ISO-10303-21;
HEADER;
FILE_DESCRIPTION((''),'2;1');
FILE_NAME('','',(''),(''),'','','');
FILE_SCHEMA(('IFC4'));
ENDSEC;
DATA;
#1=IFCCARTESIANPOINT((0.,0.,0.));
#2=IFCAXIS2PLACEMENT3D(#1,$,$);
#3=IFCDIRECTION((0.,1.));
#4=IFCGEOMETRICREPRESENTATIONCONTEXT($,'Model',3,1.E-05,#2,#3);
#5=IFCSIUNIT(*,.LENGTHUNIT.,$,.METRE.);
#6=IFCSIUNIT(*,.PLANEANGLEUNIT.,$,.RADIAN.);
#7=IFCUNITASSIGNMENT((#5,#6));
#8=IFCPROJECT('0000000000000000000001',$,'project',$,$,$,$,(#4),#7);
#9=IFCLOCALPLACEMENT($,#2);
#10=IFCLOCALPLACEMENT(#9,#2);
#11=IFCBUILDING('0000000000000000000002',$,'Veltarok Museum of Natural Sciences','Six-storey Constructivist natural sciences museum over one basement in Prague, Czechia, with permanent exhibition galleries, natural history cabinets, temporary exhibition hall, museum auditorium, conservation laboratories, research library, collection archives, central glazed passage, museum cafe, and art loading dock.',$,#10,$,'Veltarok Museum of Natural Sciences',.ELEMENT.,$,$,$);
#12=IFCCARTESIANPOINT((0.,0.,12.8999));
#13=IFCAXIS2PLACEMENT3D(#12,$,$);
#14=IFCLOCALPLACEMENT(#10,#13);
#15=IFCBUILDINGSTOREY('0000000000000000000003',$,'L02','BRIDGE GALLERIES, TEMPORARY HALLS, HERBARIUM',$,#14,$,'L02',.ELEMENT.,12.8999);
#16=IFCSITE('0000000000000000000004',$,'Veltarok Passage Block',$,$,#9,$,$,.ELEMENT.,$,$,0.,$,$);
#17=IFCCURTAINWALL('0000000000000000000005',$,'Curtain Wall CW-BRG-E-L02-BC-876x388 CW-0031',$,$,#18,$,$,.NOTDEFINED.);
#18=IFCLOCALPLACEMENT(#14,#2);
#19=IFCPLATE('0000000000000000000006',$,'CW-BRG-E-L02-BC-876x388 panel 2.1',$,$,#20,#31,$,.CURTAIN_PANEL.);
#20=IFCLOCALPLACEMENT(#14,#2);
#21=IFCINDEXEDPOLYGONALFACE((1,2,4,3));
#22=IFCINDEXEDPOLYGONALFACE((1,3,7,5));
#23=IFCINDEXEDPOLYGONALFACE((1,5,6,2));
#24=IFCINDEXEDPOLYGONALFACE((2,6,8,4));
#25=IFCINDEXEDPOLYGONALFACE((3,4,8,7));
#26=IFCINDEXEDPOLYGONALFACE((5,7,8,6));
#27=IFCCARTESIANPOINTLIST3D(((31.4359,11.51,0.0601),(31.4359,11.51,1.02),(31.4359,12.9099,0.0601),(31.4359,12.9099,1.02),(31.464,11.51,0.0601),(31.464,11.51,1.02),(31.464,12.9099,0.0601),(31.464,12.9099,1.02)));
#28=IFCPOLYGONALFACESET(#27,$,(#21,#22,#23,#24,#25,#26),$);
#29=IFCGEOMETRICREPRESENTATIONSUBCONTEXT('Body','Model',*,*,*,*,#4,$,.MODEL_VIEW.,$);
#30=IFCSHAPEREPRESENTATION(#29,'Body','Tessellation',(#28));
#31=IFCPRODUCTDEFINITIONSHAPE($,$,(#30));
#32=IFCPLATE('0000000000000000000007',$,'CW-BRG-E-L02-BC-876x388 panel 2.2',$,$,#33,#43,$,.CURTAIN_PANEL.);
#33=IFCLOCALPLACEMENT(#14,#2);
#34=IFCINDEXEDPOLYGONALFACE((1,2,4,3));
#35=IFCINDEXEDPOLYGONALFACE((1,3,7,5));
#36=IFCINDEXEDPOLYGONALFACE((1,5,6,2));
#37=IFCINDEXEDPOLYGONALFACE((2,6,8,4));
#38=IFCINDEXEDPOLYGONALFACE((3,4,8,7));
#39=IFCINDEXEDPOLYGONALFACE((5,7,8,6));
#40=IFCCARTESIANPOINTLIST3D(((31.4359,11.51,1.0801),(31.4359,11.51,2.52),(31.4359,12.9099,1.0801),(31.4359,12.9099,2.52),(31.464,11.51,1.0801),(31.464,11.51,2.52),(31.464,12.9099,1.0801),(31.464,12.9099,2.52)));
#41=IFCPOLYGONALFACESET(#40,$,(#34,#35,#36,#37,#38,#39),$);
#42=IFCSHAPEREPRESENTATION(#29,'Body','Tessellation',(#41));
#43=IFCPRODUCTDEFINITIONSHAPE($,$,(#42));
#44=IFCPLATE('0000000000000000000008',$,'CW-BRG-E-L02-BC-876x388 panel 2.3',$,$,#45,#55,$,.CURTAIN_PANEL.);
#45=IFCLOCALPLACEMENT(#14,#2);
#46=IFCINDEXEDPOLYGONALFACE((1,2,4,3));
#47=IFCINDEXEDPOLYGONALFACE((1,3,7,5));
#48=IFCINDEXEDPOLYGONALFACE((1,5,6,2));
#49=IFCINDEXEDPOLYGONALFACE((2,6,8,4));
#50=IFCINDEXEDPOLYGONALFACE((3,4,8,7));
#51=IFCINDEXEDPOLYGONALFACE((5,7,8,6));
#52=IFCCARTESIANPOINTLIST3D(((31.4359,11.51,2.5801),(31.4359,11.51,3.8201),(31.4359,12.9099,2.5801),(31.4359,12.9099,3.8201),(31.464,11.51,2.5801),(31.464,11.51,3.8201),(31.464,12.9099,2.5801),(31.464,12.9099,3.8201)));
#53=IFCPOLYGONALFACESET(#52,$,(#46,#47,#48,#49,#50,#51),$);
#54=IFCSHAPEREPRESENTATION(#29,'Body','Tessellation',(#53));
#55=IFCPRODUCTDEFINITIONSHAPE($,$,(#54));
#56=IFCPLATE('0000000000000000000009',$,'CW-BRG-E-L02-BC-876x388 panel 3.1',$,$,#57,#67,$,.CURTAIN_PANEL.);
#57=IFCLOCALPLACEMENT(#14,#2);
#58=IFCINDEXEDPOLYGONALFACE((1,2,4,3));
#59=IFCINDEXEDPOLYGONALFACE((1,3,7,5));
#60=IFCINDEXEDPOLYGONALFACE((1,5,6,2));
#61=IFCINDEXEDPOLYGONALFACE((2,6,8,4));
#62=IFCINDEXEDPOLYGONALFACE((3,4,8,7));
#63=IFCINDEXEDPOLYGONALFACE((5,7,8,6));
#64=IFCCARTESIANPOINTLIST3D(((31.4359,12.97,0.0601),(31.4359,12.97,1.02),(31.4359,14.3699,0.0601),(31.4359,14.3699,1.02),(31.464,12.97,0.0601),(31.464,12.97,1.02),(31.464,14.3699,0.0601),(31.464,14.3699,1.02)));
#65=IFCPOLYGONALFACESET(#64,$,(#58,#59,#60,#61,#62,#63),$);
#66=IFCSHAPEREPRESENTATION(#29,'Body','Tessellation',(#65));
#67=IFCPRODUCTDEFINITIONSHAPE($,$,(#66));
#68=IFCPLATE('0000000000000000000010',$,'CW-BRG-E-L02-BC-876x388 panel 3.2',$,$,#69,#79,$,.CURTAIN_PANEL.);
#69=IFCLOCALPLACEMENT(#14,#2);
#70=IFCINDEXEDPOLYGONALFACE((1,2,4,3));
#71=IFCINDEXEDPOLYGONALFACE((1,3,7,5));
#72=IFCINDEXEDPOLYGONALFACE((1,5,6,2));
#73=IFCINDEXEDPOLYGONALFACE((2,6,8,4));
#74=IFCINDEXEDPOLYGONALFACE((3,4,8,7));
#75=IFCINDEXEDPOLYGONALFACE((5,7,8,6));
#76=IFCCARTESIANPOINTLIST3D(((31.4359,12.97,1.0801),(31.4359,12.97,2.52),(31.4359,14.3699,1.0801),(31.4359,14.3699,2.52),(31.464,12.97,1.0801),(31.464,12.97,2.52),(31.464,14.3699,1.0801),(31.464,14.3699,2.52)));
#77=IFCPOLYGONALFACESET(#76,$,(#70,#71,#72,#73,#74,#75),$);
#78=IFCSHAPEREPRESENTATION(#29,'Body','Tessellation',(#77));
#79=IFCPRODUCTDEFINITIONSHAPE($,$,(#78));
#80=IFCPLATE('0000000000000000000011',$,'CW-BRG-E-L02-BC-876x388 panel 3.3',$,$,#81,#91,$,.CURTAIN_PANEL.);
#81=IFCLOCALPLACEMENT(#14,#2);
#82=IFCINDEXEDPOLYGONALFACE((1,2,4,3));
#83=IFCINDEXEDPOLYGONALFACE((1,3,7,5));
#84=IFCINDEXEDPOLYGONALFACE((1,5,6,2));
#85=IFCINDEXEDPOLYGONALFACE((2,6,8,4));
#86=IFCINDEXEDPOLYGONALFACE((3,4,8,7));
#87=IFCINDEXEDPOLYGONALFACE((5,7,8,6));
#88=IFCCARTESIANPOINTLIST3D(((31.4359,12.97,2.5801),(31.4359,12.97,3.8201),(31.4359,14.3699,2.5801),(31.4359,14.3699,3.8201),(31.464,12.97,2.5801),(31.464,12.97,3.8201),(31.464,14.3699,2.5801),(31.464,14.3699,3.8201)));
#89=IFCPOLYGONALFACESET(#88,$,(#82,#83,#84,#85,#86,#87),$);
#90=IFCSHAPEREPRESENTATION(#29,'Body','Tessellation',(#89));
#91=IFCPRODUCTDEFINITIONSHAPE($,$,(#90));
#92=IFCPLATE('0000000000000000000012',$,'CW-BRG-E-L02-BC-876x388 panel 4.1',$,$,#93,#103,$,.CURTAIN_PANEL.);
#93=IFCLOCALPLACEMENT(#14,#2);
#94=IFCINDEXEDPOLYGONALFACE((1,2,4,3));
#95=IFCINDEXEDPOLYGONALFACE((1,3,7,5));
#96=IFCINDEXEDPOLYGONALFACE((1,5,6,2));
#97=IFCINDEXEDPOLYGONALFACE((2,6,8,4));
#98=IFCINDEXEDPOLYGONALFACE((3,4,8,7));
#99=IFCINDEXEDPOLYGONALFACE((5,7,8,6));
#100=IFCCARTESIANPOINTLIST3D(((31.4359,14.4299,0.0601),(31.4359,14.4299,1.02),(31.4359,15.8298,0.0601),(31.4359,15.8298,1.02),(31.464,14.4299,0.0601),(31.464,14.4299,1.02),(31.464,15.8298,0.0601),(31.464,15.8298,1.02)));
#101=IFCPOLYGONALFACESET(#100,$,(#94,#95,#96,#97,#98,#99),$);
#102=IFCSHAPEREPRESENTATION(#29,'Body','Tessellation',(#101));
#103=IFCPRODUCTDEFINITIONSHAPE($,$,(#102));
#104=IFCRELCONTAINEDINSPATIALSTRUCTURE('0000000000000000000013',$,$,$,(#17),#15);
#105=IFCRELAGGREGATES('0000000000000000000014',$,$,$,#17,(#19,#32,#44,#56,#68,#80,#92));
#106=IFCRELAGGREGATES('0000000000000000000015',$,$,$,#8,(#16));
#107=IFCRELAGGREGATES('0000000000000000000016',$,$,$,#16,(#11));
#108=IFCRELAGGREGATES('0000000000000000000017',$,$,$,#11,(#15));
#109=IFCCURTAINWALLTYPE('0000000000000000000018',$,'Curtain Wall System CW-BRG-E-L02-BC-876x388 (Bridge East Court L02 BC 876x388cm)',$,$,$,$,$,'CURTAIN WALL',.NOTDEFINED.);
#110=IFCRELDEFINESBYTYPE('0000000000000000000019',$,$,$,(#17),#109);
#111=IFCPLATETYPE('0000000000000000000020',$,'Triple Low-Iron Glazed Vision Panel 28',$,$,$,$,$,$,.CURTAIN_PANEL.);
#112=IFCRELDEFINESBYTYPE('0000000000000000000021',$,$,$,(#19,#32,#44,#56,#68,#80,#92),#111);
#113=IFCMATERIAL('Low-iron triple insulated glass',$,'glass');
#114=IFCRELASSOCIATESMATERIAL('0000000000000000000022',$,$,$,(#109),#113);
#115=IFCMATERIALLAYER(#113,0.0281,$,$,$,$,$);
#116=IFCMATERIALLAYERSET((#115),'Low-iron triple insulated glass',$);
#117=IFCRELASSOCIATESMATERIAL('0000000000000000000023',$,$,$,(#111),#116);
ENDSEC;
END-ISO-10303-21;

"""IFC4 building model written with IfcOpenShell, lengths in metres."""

from ifc_helpers import new_model, si_unit, direction, frame, origin, origin_2d, place, context, subcontext, project, spatial, rectangle, extrude, material, layer, layer_set, type_object, element, aggregate, save


model = new_model("IFC4")

# Units and contexts
model_context = context("Model", 3, precision=1e-05, world=origin(), true_north=direction((0.0, 1.0)))
body_context = subcontext(model_context, "Body", "Model", "MODEL_VIEW")
ifc_project = project(units=[si_unit("LENGTHUNIT", "METRE"), si_unit("PLANEANGLEUNIT", "RADIAN")], contexts=[model_context])

# Site, building, storey
site_placement = place(None, origin())
site = spatial("IfcSite", under=ifc_project, at=site_placement, Name="Veltarok Passage Block", CompositionType="ELEMENT", RefElevation=0.0)
building_placement = place(site_placement, origin())
building = spatial("IfcBuilding", under=site, at=building_placement, Name="Veltarok Museum of Natural Sciences", Description="Six-storey Constructivist natural sciences museum over one basement in Prague, Czechia, with permanent exhibition galleries, natural history cabinets, temporary exhibition hall, museum auditorium, conservation laboratories, research library, collection archives, central glazed passage, museum cafe, and art loading dock.", LongName="Veltarok Museum of Natural Sciences", CompositionType="ELEMENT")
storey_placement = place(building_placement, frame((0.0, 0.0, 12.8999)))
storey = spatial("IfcBuildingStorey", under=building, at=storey_placement, Name="L02", Description="BRIDGE GALLERIES, TEMPORARY HALLS, HERBARIUM", LongName="L02", CompositionType="ELEMENT", Elevation=12.8999)

# Curtain wall
ifc_material_1 = material(Name="Low-iron triple insulated glass", Category="glass")
curtain_wall_type_1 = type_object("IfcCurtainWallType", Name="Curtain Wall System CW-BRG-E-L02-BC-876x388 (Bridge East Court L02 BC 876x388cm)", ElementType="CURTAIN WALL", PredefinedType="NOTDEFINED", material=ifc_material_1)
curtain_wall_1_placement = place(storey_placement, origin())
curtain_wall_1 = element("IfcCurtainWall", 1, at=curtain_wall_1_placement, inside=storey, type_object=curtain_wall_type_1, Name="Curtain Wall CW-BRG-E-L02-BC-876x388 CW-0031", PredefinedType="NOTDEFINED")

# Plates
ifc_layer = layer(ifc_material_1, 0.0281)
ifc_layer_set = layer_set([ifc_layer], Name="Low-iron triple insulated glass")
plate_type = type_object("IfcPlateType", Name="Triple Low-Iron Glazed Vision Panel 28", PredefinedType="CURTAIN_PANEL", material=ifc_layer_set)
plate_1_placement = place(storey_placement, frame((31.45, 12.21, 0.0601), z_axis=(0.0, 0.0, 1.0), x_axis=(0.0, 1.0, 0.0)))
plate_1 = element("IfcPlate", 2, at=plate_1_placement, type_object=plate_type, Name="CW-BRG-E-L02-BC-876x388 panel 2.1", PredefinedType="CURTAIN_PANEL", context=body_context, shape_type="SweptSolid", body=[
    extrude(rectangle(XDim=1.3999, YDim=0.0281, at=origin_2d()), origin(), (0.0, 0.0, 1.0), 0.96),
])
plate_2_placement = place(storey_placement, frame((31.45, 12.21, 1.0801), z_axis=(0.0, 0.0, 1.0), x_axis=(0.0, 1.0, 0.0)))
plate_2 = element("IfcPlate", 3, at=plate_2_placement, type_object=plate_type, Name="CW-BRG-E-L02-BC-876x388 panel 2.2", PredefinedType="CURTAIN_PANEL", context=body_context, shape_type="SweptSolid", body=[
    extrude(rectangle(XDim=1.3999, YDim=0.0281, at=origin_2d()), origin(), (0.0, 0.0, 1.0), 1.4399),
])
plate_3_placement = place(storey_placement, frame((31.45, 12.21, 2.5801), z_axis=(0.0, 0.0, 1.0), x_axis=(0.0, 1.0, 0.0)))
plate_3 = element("IfcPlate", 4, at=plate_3_placement, type_object=plate_type, Name="CW-BRG-E-L02-BC-876x388 panel 2.3", PredefinedType="CURTAIN_PANEL", context=body_context, shape_type="SweptSolid", body=[
    extrude(rectangle(XDim=1.3999, YDim=0.0281, at=origin_2d()), origin(), (0.0, 0.0, 1.0), 1.24),
])
plate_4_placement = place(storey_placement, frame((31.45, 13.6699, 0.0601), z_axis=(0.0, 0.0, 1.0), x_axis=(0.0, 1.0, 0.0)))
plate_4 = element("IfcPlate", 5, at=plate_4_placement, type_object=plate_type, Name="CW-BRG-E-L02-BC-876x388 panel 3.1", PredefinedType="CURTAIN_PANEL", context=body_context, shape_type="SweptSolid", body=[
    extrude(rectangle(XDim=1.3999, YDim=0.0281, at=origin_2d()), origin(), (0.0, 0.0, 1.0), 0.96),
])
plate_5_placement = place(storey_placement, frame((31.45, 13.6699, 1.0801), z_axis=(0.0, 0.0, 1.0), x_axis=(0.0, 1.0, 0.0)))
plate_5 = element("IfcPlate", 6, at=plate_5_placement, type_object=plate_type, Name="CW-BRG-E-L02-BC-876x388 panel 3.2", PredefinedType="CURTAIN_PANEL", context=body_context, shape_type="SweptSolid", body=[
    extrude(rectangle(XDim=1.3999, YDim=0.0281, at=origin_2d()), origin(), (0.0, 0.0, 1.0), 1.4399),
])
plate_6_placement = place(storey_placement, frame((31.45, 13.6699, 2.5801), z_axis=(0.0, 0.0, 1.0), x_axis=(0.0, 1.0, 0.0)))
plate_6 = element("IfcPlate", 7, at=plate_6_placement, type_object=plate_type, Name="CW-BRG-E-L02-BC-876x388 panel 3.3", PredefinedType="CURTAIN_PANEL", context=body_context, shape_type="SweptSolid", body=[
    extrude(rectangle(XDim=1.3999, YDim=0.0281, at=origin_2d()), origin(), (0.0, 0.0, 1.0), 1.24),
])
plate_7_placement = place(storey_placement, frame((31.45, 15.1299, 0.0601), z_axis=(0.0, 0.0, 1.0), x_axis=(0.0, 1.0, 0.0)))
plate_7 = element("IfcPlate", 8, at=plate_7_placement, type_object=plate_type, Name="CW-BRG-E-L02-BC-876x388 panel 4.1", PredefinedType="CURTAIN_PANEL", context=body_context, shape_type="SweptSolid", body=[
    extrude(rectangle(XDim=1.3999, YDim=0.0281, at=origin_2d()), origin(), (0.0, 0.0, 1.0), 0.96),
])
aggregate(curtain_wall_1, [plate_1, plate_2, plate_3, plate_4, plate_5, plate_6, plate_7])

save(model, "model.ifc")
